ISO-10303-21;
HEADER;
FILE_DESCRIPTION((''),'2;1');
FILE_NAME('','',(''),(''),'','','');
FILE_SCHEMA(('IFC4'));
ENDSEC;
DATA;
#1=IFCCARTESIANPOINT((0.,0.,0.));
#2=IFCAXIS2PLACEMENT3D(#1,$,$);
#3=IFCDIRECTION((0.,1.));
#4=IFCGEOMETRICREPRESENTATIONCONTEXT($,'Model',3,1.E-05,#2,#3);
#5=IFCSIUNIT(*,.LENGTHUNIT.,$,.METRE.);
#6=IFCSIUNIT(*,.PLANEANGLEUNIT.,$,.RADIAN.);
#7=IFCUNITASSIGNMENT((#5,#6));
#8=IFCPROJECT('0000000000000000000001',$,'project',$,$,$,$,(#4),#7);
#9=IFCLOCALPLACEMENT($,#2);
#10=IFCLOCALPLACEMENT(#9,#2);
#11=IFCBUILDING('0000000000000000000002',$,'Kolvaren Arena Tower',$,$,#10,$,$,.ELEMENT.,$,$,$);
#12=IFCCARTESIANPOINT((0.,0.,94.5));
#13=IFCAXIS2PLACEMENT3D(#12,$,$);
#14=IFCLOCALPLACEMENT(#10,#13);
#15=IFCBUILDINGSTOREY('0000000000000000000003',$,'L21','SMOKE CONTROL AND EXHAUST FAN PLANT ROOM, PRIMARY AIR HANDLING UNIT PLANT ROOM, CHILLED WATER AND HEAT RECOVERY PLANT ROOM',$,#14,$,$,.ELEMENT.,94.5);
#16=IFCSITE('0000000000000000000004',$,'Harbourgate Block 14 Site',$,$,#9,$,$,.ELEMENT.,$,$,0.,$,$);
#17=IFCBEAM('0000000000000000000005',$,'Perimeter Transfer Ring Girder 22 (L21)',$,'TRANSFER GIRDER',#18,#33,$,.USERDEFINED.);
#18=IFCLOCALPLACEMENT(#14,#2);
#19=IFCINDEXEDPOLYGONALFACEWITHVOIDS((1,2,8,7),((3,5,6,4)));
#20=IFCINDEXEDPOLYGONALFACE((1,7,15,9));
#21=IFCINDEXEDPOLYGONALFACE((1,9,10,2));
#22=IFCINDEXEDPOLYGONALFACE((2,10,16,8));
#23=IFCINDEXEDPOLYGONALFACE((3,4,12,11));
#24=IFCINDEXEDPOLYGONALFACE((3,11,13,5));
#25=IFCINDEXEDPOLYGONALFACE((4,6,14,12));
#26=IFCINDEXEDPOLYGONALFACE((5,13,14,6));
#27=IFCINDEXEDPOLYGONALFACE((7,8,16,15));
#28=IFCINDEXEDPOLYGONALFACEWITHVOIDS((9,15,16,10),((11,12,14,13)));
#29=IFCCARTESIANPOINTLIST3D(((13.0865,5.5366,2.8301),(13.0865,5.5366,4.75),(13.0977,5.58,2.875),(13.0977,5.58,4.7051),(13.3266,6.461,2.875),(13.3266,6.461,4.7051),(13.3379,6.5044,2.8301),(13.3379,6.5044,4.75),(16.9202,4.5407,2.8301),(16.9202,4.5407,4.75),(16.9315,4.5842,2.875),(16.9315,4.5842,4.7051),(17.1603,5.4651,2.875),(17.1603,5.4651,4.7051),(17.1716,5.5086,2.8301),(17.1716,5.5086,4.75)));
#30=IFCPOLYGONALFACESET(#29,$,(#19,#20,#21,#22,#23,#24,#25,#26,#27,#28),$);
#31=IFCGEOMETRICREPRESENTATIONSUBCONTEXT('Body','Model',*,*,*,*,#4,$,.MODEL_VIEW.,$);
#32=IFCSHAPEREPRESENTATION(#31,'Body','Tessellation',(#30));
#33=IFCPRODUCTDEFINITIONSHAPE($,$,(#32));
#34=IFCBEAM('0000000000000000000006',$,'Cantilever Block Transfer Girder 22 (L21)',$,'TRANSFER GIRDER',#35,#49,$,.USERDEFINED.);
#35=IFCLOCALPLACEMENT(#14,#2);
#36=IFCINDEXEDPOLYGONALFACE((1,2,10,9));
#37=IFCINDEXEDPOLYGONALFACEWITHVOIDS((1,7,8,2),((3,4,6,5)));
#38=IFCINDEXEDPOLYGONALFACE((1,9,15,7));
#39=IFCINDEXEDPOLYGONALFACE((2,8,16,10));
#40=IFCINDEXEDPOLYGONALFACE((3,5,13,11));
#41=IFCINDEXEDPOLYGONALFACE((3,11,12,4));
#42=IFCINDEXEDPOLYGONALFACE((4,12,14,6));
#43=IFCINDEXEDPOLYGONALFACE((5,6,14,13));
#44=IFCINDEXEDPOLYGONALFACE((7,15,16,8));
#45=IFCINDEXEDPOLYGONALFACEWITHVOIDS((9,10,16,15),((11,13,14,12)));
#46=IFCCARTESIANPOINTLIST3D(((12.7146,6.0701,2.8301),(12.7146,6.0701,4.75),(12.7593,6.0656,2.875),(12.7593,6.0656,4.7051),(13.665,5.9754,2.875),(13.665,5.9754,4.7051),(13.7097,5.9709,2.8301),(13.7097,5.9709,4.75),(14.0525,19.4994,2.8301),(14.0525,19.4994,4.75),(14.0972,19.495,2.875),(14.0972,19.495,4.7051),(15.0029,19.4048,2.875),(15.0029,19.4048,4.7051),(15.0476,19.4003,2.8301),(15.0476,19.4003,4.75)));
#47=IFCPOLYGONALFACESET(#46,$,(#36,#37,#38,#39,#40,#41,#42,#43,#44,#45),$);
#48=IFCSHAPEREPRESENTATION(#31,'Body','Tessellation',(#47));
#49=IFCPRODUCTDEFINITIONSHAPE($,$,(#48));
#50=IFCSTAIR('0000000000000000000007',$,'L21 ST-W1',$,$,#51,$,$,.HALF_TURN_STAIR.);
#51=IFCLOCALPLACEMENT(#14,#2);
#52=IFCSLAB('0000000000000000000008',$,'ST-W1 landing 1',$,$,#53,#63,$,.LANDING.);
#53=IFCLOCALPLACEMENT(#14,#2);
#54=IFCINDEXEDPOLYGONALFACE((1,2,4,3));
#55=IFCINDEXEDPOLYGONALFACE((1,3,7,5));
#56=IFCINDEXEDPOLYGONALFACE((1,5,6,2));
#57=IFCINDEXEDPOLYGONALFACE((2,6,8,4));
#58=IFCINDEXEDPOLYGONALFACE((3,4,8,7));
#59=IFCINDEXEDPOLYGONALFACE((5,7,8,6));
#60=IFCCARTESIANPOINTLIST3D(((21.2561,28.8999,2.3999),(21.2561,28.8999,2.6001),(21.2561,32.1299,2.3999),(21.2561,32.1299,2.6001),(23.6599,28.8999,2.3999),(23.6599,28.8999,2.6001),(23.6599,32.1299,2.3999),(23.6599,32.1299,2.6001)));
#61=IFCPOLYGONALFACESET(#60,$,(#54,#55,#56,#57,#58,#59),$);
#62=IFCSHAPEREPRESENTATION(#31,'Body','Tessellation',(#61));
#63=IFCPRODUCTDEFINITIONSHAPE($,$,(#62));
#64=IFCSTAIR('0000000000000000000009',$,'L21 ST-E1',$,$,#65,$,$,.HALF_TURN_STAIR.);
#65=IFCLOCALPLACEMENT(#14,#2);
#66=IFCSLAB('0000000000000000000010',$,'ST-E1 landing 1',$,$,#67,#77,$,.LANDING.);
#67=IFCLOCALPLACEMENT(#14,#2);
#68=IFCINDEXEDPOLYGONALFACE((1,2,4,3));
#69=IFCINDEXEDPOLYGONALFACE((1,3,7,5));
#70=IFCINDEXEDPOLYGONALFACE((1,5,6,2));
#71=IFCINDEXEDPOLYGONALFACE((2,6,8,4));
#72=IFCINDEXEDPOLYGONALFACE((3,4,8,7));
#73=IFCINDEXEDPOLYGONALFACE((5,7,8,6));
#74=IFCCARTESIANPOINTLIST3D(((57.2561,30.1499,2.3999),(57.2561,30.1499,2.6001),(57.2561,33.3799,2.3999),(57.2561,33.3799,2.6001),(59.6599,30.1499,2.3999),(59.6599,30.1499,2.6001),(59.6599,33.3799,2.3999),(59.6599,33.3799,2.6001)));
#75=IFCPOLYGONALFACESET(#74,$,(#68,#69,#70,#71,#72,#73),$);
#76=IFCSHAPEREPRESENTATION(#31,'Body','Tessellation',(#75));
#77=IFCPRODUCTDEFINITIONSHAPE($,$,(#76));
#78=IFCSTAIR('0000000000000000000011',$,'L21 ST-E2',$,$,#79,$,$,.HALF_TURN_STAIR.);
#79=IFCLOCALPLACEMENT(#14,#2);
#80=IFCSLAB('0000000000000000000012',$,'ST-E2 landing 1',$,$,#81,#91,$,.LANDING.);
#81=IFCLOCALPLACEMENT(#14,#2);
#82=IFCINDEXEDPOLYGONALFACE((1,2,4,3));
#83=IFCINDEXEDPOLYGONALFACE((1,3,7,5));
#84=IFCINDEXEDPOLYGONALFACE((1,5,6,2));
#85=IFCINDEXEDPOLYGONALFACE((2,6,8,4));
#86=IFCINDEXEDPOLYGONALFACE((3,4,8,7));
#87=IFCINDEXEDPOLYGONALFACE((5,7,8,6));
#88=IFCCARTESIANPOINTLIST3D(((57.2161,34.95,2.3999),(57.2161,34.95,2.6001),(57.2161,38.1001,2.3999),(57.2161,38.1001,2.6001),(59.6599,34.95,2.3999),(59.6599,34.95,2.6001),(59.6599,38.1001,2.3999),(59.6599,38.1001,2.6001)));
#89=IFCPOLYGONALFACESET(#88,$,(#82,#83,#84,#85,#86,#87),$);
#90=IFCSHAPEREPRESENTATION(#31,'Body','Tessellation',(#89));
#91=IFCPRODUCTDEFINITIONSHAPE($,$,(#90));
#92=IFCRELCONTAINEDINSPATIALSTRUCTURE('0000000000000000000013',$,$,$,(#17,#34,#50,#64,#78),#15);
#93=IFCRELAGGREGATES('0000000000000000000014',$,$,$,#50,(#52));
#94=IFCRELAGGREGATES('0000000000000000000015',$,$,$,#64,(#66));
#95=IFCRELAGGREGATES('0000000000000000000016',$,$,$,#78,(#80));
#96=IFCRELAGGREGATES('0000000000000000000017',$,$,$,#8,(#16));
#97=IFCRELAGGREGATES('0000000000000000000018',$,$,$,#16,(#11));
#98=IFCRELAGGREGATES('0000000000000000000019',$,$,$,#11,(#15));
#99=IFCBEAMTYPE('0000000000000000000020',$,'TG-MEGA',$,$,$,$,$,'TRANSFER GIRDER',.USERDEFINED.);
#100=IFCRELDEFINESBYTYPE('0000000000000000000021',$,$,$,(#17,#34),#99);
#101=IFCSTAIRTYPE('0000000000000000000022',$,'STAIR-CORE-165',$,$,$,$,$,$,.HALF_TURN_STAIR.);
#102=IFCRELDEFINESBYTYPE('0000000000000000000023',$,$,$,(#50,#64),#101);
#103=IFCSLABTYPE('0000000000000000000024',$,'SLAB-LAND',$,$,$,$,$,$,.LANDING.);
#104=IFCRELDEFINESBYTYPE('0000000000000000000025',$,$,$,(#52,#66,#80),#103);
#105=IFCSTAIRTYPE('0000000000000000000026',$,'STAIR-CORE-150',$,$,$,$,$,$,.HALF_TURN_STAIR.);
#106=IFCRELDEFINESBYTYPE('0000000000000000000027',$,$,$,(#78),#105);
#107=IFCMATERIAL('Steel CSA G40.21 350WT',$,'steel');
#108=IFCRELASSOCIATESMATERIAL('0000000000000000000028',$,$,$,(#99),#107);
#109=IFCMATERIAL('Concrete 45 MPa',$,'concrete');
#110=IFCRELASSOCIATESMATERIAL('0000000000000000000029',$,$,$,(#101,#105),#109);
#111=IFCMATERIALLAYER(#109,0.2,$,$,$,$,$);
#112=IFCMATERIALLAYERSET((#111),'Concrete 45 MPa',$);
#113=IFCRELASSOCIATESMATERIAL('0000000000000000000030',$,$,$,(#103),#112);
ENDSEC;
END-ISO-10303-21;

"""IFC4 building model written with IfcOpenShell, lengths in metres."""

from ifc_helpers import new_model, si_unit, direction, frame, origin, origin_2d, place, context, subcontext, project, spatial, polyline, hollow_rectangle, outline, extrude, material, layer, layer_set, material_profile, profile_set, type_object, element, aggregate, save


model = new_model("IFC4")

# Units and contexts
model_context = context("Model", 3, precision=1e-05, world=origin(), true_north=direction((0.0, 1.0)))
body_context = subcontext(model_context, "Body", "Model", "MODEL_VIEW")
ifc_project = project(units=[si_unit("LENGTHUNIT", "METRE"), si_unit("PLANEANGLEUNIT", "RADIAN")], contexts=[model_context])

# Site, building, storey
site_placement = place(None, origin())
site = spatial("IfcSite", under=ifc_project, at=site_placement, Name="Harbourgate Block 14 Site", CompositionType="ELEMENT", RefElevation=0.0)
building_placement = place(site_placement, origin())
building = spatial("IfcBuilding", under=site, at=building_placement, Name="Kolvaren Arena Tower", CompositionType="ELEMENT")
storey_placement = place(building_placement, frame((0.0, 0.0, 94.5)))
storey = spatial("IfcBuildingStorey", under=building, at=storey_placement, Name="L21", Description="SMOKE CONTROL AND EXHAUST FAN PLANT ROOM, PRIMARY AIR HANDLING UNIT PLANT ROOM, CHILLED WATER AND HEAT RECOVERY PLANT ROOM", CompositionType="ELEMENT", Elevation=94.5)

# Shared definitions
ifc_material_1 = material(Name="Steel CSA G40.21 350WT", Category="steel")

# Beams
ifc_material_profile_1 = material_profile(ifc_material_1, hollow_rectangle(XDim=1.0, YDim=1.9199, WallThickness=0.0449, at=origin_2d()), Name="BOX 1000x1920x45")
ifc_profile_set_1 = profile_set([ifc_material_profile_1], Name="Steel CSA G40.21 350WT")
beam_type_1 = type_object("IfcBeamType", Name="TG-MEGA", ElementType="TRANSFER GIRDER", PredefinedType="USERDEFINED", material=ifc_profile_set_1)
beam_1_placement = place(storey_placement, frame((13.2122, 6.0205, 3.79), z_axis=(0.967879, -0.251416, 0.0), x_axis=(0.251416, 0.967879, 0.0)))
element("IfcBeam", 1, at=beam_1_placement, inside=storey, type_object=beam_type_1, Name="Perimeter Transfer Ring Girder 22 (L21)", ObjectType="TRANSFER GIRDER", PredefinedType="USERDEFINED", context=body_context, shape_type="SweptSolid", body=[
    extrude(hollow_rectangle(XDim=1.0, YDim=1.9199, WallThickness=0.0449, at=origin_2d()), origin(), (0.0, 0.0, 1.0), 3.9609),
])
beam_2_placement = place(storey_placement, frame((13.2122, 6.0205, 3.79), z_axis=(0.099133, 0.995074, 0.0), x_axis=(-0.995074, 0.099133, 0.0)))
element("IfcBeam", 2, at=beam_2_placement, inside=storey, type_object=beam_type_1, Name="Cantilever Block Transfer Girder 22 (L21)", ObjectType="TRANSFER GIRDER", PredefinedType="USERDEFINED", context=body_context, shape_type="SweptSolid", body=[
    extrude(hollow_rectangle(XDim=1.0, YDim=1.9199, WallThickness=0.0449, at=origin_2d()), origin(), (0.0, 0.0, 1.0), 13.4958),
])

# Stairs, slabs
ifc_material_2 = material(Name="Concrete 45 MPa", Category="concrete")
stair_type_1 = type_object("IfcStairType", Name="STAIR-CORE-165", PredefinedType="HALF_TURN_STAIR", material=ifc_material_2)
stair_1_placement = place(storey_placement, origin())
stair_1 = element("IfcStair", 3, at=stair_1_placement, inside=storey, type_object=stair_type_1, Name="L21 ST-W1", PredefinedType="HALF_TURN_STAIR")
ifc_layer_1 = layer(ifc_material_2, 0.2)
ifc_layer_set_1 = layer_set([ifc_layer_1], Name="Concrete 45 MPa")
slab_type_1 = type_object("IfcSlabType", Name="SLAB-LAND", PredefinedType="LANDING", material=ifc_layer_set_1)
slab_1_placement = place(storey_placement, frame((0.0, 0.0, 2.3999)))
slab_1 = element("IfcSlab", 4, at=slab_1_placement, type_object=slab_type_1, Name="ST-W1 landing 1", PredefinedType="LANDING", context=body_context, shape_type="SweptSolid", body=[
    extrude(outline(polyline([(21.2561, 28.8999), (23.6599, 28.8999), (23.6599, 32.1299), (21.2561, 32.1299), (21.2561, 28.8999)])), origin(), (0.0, 0.0, 1.0), 0.2002),
])
aggregate(stair_1, [slab_1])
stair_2_placement = place(storey_placement, origin())
stair_2 = element("IfcStair", 5, at=stair_2_placement, inside=storey, type_object=stair_type_1, Name="L21 ST-E1", PredefinedType="HALF_TURN_STAIR")
slab_2_placement = place(storey_placement, frame((0.0, 0.0, 2.3999)))
slab_2 = element("IfcSlab", 6, at=slab_2_placement, type_object=slab_type_1, Name="ST-E1 landing 1", PredefinedType="LANDING", context=body_context, shape_type="SweptSolid", body=[
    extrude(outline(polyline([(57.2561, 30.1499), (59.6599, 30.1499), (59.6599, 33.3799), (57.2561, 33.3799), (57.2561, 30.1499)])), origin(), (0.0, 0.0, 1.0), 0.2002),
])
aggregate(stair_2, [slab_2])
stair_type_2 = type_object("IfcStairType", Name="STAIR-CORE-150", PredefinedType="HALF_TURN_STAIR", material=ifc_material_2)
stair_3_placement = place(storey_placement, origin())
stair_3 = element("IfcStair", 7, at=stair_3_placement, inside=storey, type_object=stair_type_2, Name="L21 ST-E2", PredefinedType="HALF_TURN_STAIR")
slab_3_placement = place(storey_placement, frame((0.0, 0.0, 2.3999)))
slab_3 = element("IfcSlab", 8, at=slab_3_placement, type_object=slab_type_1, Name="ST-E2 landing 1", PredefinedType="LANDING", context=body_context, shape_type="SweptSolid", body=[
    extrude(outline(polyline([(57.2161, 34.95), (59.6599, 34.95), (59.6599, 38.1001), (57.2161, 38.1001), (57.2161, 34.95)])), origin(), (0.0, 0.0, 1.0), 0.2002),
])
aggregate(stair_3, [slab_3])

save(model, "model.ifc")
